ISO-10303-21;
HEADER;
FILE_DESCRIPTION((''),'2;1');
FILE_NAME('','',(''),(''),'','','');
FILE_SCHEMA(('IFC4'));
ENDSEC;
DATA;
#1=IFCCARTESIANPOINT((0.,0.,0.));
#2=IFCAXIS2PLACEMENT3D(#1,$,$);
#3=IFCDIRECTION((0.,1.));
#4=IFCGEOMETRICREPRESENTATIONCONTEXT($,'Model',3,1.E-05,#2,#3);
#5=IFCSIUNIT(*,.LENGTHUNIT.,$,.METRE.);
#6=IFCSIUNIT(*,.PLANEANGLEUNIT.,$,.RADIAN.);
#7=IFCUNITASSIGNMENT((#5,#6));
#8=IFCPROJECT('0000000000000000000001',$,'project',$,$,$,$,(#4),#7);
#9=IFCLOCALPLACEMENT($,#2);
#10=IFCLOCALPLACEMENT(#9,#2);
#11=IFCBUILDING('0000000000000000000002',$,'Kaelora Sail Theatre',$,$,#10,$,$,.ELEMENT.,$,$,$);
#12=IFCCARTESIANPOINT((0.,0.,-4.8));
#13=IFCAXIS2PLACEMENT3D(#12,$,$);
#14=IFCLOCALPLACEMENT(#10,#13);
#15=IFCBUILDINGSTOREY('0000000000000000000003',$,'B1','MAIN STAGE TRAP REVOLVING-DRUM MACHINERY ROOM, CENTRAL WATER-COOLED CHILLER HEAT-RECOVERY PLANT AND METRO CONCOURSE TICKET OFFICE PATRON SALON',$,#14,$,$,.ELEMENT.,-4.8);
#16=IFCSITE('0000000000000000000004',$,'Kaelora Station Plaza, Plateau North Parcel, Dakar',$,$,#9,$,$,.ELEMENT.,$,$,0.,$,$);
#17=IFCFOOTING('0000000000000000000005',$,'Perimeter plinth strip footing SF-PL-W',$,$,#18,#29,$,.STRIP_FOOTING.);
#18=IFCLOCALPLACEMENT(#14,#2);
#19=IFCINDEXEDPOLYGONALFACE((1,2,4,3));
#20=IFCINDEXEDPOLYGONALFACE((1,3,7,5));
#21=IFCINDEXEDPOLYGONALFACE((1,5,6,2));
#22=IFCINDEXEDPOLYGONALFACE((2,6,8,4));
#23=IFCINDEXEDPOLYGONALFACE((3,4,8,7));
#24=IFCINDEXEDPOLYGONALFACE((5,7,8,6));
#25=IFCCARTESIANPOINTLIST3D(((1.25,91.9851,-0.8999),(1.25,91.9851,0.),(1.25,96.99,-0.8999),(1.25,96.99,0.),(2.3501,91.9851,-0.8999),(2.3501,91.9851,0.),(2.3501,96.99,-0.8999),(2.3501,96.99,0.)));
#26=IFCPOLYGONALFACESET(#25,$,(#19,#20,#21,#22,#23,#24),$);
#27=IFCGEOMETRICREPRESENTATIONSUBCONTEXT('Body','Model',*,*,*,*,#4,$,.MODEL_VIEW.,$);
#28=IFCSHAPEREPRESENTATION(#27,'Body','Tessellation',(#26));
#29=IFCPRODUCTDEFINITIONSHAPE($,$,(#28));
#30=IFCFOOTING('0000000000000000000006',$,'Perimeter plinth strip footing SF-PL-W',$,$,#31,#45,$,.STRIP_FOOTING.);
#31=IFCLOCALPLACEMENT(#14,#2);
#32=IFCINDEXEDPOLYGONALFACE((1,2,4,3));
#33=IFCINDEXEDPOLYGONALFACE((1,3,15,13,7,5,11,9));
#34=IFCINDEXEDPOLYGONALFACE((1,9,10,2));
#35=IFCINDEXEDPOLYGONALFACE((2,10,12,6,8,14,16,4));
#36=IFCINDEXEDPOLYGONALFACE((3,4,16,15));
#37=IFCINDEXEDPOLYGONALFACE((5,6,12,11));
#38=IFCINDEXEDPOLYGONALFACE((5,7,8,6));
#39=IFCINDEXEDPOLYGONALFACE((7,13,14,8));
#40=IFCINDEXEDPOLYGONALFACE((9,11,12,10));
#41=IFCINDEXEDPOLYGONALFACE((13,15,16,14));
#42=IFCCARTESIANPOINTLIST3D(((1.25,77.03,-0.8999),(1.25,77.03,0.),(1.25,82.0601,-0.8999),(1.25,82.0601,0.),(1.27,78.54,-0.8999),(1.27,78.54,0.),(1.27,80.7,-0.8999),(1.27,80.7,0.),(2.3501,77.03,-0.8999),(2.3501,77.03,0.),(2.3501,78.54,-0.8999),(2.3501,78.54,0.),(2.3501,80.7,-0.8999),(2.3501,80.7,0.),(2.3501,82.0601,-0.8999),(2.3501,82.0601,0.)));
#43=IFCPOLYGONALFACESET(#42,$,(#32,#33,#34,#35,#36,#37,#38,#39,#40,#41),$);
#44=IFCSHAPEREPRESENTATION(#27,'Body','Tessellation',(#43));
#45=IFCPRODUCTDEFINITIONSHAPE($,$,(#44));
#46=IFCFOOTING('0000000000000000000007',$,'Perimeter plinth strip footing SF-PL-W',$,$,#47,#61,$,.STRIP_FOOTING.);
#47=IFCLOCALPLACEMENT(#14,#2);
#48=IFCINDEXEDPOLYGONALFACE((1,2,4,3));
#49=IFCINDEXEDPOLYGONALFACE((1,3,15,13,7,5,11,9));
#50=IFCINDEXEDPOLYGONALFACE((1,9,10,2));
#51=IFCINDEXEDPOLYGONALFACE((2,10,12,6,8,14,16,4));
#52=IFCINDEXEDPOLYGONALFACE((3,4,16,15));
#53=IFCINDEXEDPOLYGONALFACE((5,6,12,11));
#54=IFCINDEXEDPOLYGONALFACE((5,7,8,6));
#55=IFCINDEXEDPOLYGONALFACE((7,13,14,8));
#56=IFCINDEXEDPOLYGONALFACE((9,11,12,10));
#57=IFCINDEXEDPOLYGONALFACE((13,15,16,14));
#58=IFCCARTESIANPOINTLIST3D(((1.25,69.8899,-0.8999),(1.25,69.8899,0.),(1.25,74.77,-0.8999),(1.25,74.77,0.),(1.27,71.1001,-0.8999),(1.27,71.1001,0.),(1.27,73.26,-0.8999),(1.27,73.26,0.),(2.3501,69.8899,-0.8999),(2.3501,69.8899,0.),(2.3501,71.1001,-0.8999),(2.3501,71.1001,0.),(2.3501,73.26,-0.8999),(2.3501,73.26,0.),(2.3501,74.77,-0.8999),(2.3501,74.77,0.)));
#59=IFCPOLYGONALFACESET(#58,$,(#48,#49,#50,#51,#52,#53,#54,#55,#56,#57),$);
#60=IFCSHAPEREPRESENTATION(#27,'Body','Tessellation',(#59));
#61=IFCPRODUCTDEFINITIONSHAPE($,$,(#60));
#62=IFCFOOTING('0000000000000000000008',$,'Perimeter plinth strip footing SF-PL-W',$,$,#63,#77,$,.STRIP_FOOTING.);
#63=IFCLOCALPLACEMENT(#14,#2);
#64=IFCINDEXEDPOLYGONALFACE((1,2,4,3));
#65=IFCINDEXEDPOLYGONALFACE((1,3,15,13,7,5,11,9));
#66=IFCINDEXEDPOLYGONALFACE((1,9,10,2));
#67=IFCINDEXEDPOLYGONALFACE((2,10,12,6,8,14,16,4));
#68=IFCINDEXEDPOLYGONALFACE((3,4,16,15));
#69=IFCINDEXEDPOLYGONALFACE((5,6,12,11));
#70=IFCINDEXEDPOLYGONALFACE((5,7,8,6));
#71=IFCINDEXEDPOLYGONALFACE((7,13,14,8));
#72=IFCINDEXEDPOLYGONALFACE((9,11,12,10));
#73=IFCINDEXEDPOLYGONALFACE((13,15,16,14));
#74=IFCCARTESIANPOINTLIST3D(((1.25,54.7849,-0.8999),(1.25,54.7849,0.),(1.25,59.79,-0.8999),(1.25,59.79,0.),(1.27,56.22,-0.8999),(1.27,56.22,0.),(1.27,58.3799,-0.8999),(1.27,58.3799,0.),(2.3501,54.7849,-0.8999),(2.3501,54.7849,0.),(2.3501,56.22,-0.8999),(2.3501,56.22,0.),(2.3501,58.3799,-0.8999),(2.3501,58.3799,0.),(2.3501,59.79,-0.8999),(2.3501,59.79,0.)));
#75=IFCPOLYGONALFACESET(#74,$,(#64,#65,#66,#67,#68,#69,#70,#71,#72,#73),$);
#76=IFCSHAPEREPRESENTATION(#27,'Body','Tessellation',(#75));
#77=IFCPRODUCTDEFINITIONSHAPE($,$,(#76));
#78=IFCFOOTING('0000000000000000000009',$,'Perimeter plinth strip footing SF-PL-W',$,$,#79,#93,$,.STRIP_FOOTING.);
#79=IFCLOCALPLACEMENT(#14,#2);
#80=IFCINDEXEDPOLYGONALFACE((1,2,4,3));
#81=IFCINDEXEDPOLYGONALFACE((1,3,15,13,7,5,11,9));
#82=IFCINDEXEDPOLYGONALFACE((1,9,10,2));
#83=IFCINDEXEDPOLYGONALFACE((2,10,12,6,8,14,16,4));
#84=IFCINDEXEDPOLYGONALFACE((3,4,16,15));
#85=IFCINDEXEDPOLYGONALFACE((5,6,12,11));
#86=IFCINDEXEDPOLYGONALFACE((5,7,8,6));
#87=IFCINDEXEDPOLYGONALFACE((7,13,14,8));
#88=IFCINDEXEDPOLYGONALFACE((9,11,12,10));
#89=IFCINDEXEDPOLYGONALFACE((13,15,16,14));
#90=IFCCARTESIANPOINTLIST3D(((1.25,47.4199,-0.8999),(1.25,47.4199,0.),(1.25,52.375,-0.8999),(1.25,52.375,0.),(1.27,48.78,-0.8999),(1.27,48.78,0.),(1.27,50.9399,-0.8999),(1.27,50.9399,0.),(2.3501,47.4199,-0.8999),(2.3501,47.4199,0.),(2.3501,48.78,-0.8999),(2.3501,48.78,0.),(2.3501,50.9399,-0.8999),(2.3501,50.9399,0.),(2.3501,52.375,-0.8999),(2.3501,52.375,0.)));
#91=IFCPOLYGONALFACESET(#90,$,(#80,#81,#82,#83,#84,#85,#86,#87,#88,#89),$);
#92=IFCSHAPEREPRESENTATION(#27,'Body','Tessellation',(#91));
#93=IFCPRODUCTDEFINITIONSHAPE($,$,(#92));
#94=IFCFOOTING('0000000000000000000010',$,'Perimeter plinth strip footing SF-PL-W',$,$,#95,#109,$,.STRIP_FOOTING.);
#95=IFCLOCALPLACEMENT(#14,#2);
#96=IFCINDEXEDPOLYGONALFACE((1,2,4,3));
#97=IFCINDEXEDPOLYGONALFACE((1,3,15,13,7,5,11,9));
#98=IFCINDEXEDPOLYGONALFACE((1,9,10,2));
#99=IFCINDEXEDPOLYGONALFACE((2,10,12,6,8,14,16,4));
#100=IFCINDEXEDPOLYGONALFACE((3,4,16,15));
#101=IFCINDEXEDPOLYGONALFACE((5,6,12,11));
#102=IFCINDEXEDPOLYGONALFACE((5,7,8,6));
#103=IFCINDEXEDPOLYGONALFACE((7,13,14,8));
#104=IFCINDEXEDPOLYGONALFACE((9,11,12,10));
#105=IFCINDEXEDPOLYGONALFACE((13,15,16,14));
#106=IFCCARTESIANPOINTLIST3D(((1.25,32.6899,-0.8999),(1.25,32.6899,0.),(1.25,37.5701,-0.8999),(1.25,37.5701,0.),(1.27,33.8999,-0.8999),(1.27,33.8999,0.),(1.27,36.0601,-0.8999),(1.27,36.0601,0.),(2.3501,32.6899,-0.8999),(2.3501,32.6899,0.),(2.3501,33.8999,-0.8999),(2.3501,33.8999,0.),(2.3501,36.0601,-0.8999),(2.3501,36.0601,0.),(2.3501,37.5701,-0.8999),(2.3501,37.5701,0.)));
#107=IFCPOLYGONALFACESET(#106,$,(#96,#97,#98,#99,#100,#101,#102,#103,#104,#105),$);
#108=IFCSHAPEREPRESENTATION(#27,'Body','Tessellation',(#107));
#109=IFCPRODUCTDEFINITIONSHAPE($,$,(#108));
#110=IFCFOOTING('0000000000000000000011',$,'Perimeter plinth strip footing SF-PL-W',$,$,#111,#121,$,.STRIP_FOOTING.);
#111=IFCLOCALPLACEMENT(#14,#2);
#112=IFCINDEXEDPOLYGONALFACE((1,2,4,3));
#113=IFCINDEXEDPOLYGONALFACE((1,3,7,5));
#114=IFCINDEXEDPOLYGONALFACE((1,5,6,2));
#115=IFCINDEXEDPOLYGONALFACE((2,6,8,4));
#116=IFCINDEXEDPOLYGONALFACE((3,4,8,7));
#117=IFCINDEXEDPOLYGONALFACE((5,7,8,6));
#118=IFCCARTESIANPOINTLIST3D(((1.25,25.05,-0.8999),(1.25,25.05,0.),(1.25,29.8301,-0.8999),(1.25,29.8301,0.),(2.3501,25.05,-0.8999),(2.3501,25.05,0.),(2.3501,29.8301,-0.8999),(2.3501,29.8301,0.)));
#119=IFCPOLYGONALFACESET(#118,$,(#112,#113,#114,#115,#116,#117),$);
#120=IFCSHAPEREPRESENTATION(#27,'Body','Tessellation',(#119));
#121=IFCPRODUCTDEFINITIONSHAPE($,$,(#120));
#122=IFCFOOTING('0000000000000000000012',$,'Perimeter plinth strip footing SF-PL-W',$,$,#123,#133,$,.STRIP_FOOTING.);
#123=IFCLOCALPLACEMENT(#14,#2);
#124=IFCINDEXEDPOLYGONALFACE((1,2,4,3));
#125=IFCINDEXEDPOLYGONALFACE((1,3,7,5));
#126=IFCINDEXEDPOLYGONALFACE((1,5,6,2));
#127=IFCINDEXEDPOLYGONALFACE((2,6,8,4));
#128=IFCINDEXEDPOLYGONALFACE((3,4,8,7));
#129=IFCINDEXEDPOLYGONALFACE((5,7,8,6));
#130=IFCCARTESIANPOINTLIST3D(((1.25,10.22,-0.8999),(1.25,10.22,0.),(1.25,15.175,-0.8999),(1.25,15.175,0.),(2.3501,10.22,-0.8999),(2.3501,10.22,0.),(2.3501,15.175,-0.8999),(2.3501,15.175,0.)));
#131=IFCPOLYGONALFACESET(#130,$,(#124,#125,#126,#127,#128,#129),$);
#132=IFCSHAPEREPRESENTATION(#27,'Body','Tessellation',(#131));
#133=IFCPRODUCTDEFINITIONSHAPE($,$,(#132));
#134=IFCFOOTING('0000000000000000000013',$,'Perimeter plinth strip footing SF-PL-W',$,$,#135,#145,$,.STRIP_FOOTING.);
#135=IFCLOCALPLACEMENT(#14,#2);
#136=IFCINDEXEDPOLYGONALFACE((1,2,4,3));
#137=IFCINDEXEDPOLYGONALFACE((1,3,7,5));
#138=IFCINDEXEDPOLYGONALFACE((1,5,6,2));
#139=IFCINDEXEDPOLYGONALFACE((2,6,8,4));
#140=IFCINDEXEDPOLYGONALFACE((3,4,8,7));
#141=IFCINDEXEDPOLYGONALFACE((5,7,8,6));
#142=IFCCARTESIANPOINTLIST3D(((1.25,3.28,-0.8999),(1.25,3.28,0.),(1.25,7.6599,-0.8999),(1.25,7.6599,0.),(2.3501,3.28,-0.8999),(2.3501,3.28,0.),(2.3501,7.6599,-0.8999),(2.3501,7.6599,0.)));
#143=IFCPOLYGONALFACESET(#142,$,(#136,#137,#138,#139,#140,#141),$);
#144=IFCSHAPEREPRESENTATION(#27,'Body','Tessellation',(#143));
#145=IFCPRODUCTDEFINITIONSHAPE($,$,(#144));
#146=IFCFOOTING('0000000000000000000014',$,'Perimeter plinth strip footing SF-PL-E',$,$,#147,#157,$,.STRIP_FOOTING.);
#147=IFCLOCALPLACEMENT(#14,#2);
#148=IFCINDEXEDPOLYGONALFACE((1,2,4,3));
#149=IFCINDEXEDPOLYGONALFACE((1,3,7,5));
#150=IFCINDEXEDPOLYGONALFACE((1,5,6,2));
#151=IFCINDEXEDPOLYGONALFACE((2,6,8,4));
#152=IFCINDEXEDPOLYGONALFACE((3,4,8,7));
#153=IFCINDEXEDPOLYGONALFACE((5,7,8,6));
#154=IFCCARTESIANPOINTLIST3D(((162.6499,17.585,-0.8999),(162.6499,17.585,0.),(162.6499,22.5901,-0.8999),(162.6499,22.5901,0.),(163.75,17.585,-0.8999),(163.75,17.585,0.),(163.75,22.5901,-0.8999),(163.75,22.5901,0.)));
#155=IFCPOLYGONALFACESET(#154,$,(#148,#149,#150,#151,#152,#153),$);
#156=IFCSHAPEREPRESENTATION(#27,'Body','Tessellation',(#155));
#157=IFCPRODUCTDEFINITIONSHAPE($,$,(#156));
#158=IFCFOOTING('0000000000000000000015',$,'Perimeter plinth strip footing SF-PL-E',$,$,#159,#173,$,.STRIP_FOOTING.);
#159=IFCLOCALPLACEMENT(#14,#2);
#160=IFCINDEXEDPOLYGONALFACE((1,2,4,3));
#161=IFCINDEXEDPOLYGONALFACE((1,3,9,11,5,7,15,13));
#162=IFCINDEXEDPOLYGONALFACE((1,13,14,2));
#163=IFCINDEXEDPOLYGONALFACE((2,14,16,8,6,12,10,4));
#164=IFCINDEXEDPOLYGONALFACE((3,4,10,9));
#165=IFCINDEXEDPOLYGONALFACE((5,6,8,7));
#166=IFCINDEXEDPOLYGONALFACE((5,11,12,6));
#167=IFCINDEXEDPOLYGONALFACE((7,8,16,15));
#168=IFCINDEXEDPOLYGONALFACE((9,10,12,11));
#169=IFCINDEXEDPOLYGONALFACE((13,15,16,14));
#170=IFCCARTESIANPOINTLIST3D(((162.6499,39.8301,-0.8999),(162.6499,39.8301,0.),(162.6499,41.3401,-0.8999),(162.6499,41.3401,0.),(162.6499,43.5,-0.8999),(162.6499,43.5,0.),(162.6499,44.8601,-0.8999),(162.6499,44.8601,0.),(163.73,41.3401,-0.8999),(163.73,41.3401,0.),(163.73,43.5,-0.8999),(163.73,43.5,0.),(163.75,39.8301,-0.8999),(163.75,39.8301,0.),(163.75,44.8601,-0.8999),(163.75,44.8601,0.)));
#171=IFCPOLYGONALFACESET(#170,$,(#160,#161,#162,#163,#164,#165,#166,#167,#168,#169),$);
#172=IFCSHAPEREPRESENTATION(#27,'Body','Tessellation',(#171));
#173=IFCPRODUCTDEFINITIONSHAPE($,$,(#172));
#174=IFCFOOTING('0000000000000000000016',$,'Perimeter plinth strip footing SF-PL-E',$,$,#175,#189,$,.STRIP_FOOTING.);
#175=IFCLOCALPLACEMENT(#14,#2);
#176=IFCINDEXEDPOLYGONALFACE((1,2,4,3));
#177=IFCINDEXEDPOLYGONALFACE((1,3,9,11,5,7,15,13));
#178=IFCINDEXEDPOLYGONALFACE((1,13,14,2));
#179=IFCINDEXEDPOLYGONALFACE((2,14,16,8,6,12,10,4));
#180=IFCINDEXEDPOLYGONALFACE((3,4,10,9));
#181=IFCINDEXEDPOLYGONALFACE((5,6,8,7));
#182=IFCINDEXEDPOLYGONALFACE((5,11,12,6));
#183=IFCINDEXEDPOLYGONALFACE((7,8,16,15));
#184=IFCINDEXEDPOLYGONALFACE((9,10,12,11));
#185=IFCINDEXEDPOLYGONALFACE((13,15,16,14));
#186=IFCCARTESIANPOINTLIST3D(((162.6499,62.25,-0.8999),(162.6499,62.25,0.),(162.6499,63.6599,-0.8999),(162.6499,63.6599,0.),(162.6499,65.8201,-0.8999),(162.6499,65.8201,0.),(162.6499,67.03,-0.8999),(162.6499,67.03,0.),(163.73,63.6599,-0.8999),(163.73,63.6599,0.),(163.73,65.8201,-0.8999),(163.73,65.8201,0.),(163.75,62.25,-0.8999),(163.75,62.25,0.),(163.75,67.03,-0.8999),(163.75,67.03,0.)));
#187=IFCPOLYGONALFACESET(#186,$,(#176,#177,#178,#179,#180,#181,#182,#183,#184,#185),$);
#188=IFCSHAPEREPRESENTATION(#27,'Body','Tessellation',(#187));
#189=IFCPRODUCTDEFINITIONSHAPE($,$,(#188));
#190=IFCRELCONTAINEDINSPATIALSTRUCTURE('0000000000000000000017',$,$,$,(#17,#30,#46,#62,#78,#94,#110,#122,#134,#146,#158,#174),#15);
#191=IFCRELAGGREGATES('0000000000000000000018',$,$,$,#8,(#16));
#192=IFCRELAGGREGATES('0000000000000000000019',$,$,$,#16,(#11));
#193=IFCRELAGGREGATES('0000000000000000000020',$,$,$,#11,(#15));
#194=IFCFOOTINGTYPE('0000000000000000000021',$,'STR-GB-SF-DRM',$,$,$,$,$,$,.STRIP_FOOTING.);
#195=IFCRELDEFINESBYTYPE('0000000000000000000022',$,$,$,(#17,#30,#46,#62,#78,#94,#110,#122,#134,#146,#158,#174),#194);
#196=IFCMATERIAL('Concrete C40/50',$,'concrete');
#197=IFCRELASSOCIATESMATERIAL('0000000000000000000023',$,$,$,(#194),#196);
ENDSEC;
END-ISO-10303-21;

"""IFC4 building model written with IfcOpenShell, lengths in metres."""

from ifc_helpers import new_model, si_unit, direction, frame, origin, place, context, subcontext, project, spatial, polyline, outline, extrude, material, type_object, element, save


model = new_model("IFC4")

# Units and contexts
model_context = context("Model", 3, precision=1e-05, world=origin(), true_north=direction((0.0, 1.0)))
body_context = subcontext(model_context, "Body", "Model", "MODEL_VIEW")
ifc_project = project(units=[si_unit("LENGTHUNIT", "METRE"), si_unit("PLANEANGLEUNIT", "RADIAN")], contexts=[model_context])

# Site, building, storey
site_placement = place(None, origin())
site = spatial("IfcSite", under=ifc_project, at=site_placement, Name="Kaelora Station Plaza, Plateau North Parcel, Dakar", CompositionType="ELEMENT", RefElevation=0.0)
building_placement = place(site_placement, origin())
building = spatial("IfcBuilding", under=site, at=building_placement, Name="Kaelora Sail Theatre", CompositionType="ELEMENT")
storey_placement = place(building_placement, frame((0.0, 0.0, -4.8)))
storey = spatial("IfcBuildingStorey", under=building, at=storey_placement, Name="B1", Description="MAIN STAGE TRAP REVOLVING-DRUM MACHINERY ROOM, CENTRAL WATER-COOLED CHILLER HEAT-RECOVERY PLANT AND METRO CONCOURSE TICKET OFFICE PATRON SALON", CompositionType="ELEMENT", Elevation=-4.8)

# Footings
ifc_material = material(Name="Concrete C40/50", Category="concrete")
footing_type = type_object("IfcFootingType", Name="STR-GB-SF-DRM", PredefinedType="STRIP_FOOTING", material=ifc_material)
footing_1_placement = place(storey_placement, frame((0.0, 0.0, -0.8999)))
element("IfcFooting", 1, at=footing_1_placement, inside=storey, type_object=footing_type, Name="Perimeter plinth strip footing SF-PL-W", PredefinedType="STRIP_FOOTING", context=body_context, shape_type="SweptSolid", body=[
    extrude(outline(polyline([(2.3501, 91.9851), (1.25, 91.9851), (1.25, 96.99), (2.3501, 96.99), (2.3501, 91.9851)])), origin(), (0.0, 0.0, 1.0), 0.8999),
])
footing_2_placement = place(storey_placement, frame((0.0, 0.0, -0.8999)))
element("IfcFooting", 2, at=footing_2_placement, inside=storey, type_object=footing_type, Name="Perimeter plinth strip footing SF-PL-W", PredefinedType="STRIP_FOOTING", context=body_context, shape_type="SweptSolid", body=[
    extrude(outline(polyline([(1.25, 82.0601), (2.3501, 82.0601), (2.3501, 80.7), (1.27, 80.7), (1.27, 78.54), (2.3501, 78.54), (2.3501, 77.03), (1.25, 77.03), (1.25, 82.0601)])), origin(), (0.0, 0.0, 1.0), 0.8999),
])
footing_3_placement = place(storey_placement, frame((0.0, 0.0, -0.8999)))
element("IfcFooting", 3, at=footing_3_placement, inside=storey, type_object=footing_type, Name="Perimeter plinth strip footing SF-PL-W", PredefinedType="STRIP_FOOTING", context=body_context, shape_type="SweptSolid", body=[
    extrude(outline(polyline([(2.3501, 74.77), (2.3501, 73.26), (1.27, 73.26), (1.27, 71.1001), (2.3501, 71.1001), (2.3501, 69.8899), (1.25, 69.8899), (1.25, 74.77), (2.3501, 74.77)])), origin(), (0.0, 0.0, 1.0), 0.8999),
])
footing_4_placement = place(storey_placement, frame((0.0, 0.0, -0.8999)))
element("IfcFooting", 4, at=footing_4_placement, inside=storey, type_object=footing_type, Name="Perimeter plinth strip footing SF-PL-W", PredefinedType="STRIP_FOOTING", context=body_context, shape_type="SweptSolid", body=[
    extrude(outline(polyline([(1.27, 58.3799), (1.27, 56.22), (2.3501, 56.22), (2.3501, 54.7849), (1.25, 54.7849), (1.25, 59.79), (2.3501, 59.79), (2.3501, 58.3799), (1.27, 58.3799)])), origin(), (0.0, 0.0, 1.0), 0.8999),
])
footing_5_placement = place(storey_placement, frame((0.0, 0.0, -0.8999)))
element("IfcFooting", 5, at=footing_5_placement, inside=storey, type_object=footing_type, Name="Perimeter plinth strip footing SF-PL-W", PredefinedType="STRIP_FOOTING", context=body_context, shape_type="SweptSolid", body=[
    extrude(outline(polyline([(1.27, 48.78), (2.3501, 48.78), (2.3501, 47.4199), (1.25, 47.4199), (1.25, 52.375), (2.3501, 52.375), (2.3501, 50.9399), (1.27, 50.9399), (1.27, 48.78)])), origin(), (0.0, 0.0, 1.0), 0.8999),
])
footing_6_placement = place(storey_placement, frame((0.0, 0.0, -0.8999)))
element("IfcFooting", 6, at=footing_6_placement, inside=storey, type_object=footing_type, Name="Perimeter plinth strip footing SF-PL-W", PredefinedType="STRIP_FOOTING", context=body_context, shape_type="SweptSolid", body=[
    extrude(outline(polyline([(2.3501, 32.6899), (1.25, 32.6899), (1.25, 37.5701), (2.3501, 37.5701), (2.3501, 36.0601), (1.27, 36.0601), (1.27, 33.8999), (2.3501, 33.8999), (2.3501, 32.6899)])), origin(), (0.0, 0.0, 1.0), 0.8999),
])
footing_7_placement = place(storey_placement, frame((0.0, 0.0, -0.8999)))
element("IfcFooting", 7, at=footing_7_placement, inside=storey, type_object=footing_type, Name="Perimeter plinth strip footing SF-PL-W", PredefinedType="STRIP_FOOTING", context=body_context, shape_type="SweptSolid", body=[
    extrude(outline(polyline([(1.25, 25.05), (1.25, 29.8301), (2.3501, 29.8301), (2.3501, 25.05), (1.25, 25.05)])), origin(), (0.0, 0.0, 1.0), 0.8999),
])
footing_8_placement = place(storey_placement, frame((0.0, 0.0, -0.8999)))
element("IfcFooting", 8, at=footing_8_placement, inside=storey, type_object=footing_type, Name="Perimeter plinth strip footing SF-PL-W", PredefinedType="STRIP_FOOTING", context=body_context, shape_type="SweptSolid", body=[
    extrude(outline(polyline([(2.3501, 15.175), (2.3501, 10.22), (1.25, 10.22), (1.25, 15.175), (2.3501, 15.175)])), origin(), (0.0, 0.0, 1.0), 0.8999),
])
footing_9_placement = place(storey_placement, frame((0.0, 0.0, -0.8999)))
element("IfcFooting", 9, at=footing_9_placement, inside=storey, type_object=footing_type, Name="Perimeter plinth strip footing SF-PL-W", PredefinedType="STRIP_FOOTING", context=body_context, shape_type="SweptSolid", body=[
    extrude(outline(polyline([(2.3501, 3.28), (1.25, 3.28), (1.25, 7.6599), (2.3501, 7.6599), (2.3501, 3.28)])), origin(), (0.0, 0.0, 1.0), 0.8999),
])
footing_10_placement = place(storey_placement, frame((0.0, 0.0, -0.8999)))
element("IfcFooting", 10, at=footing_10_placement, inside=storey, type_object=footing_type, Name="Perimeter plinth strip footing SF-PL-E", PredefinedType="STRIP_FOOTING", context=body_context, shape_type="SweptSolid", body=[
    extrude(outline(polyline([(162.6499, 22.5901), (163.75, 22.5901), (163.75, 17.585), (162.6499, 17.585), (162.6499, 22.5901)])), origin(), (0.0, 0.0, 1.0), 0.8999),
])
footing_11_placement = place(storey_placement, frame((0.0, 0.0, -0.8999)))
element("IfcFooting", 11, at=footing_11_placement, inside=storey, type_object=footing_type, Name="Perimeter plinth strip footing SF-PL-E", PredefinedType="STRIP_FOOTING", context=body_context, shape_type="SweptSolid", body=[
    extrude(outline(polyline([(163.75, 44.8601), (163.75, 39.8301), (162.6499, 39.8301), (162.6499, 41.3401), (163.73, 41.3401), (163.73, 43.5), (162.6499, 43.5), (162.6499, 44.8601), (163.75, 44.8601)])), origin(), (0.0, 0.0, 1.0), 0.8999),
])
footing_12_placement = place(storey_placement, frame((0.0, 0.0, -0.8999)))
element("IfcFooting", 12, at=footing_12_placement, inside=storey, type_object=footing_type, Name="Perimeter plinth strip footing SF-PL-E", PredefinedType="STRIP_FOOTING", context=body_context, shape_type="SweptSolid", body=[
    extrude(outline(polyline([(163.73, 65.8201), (162.6499, 65.8201), (162.6499, 67.03), (163.75, 67.03), (163.75, 62.25), (162.6499, 62.25), (162.6499, 63.6599), (163.73, 63.6599), (163.73, 65.8201)])), origin(), (0.0, 0.0, 1.0), 0.8999),
])

save(model, "model.ifc")
